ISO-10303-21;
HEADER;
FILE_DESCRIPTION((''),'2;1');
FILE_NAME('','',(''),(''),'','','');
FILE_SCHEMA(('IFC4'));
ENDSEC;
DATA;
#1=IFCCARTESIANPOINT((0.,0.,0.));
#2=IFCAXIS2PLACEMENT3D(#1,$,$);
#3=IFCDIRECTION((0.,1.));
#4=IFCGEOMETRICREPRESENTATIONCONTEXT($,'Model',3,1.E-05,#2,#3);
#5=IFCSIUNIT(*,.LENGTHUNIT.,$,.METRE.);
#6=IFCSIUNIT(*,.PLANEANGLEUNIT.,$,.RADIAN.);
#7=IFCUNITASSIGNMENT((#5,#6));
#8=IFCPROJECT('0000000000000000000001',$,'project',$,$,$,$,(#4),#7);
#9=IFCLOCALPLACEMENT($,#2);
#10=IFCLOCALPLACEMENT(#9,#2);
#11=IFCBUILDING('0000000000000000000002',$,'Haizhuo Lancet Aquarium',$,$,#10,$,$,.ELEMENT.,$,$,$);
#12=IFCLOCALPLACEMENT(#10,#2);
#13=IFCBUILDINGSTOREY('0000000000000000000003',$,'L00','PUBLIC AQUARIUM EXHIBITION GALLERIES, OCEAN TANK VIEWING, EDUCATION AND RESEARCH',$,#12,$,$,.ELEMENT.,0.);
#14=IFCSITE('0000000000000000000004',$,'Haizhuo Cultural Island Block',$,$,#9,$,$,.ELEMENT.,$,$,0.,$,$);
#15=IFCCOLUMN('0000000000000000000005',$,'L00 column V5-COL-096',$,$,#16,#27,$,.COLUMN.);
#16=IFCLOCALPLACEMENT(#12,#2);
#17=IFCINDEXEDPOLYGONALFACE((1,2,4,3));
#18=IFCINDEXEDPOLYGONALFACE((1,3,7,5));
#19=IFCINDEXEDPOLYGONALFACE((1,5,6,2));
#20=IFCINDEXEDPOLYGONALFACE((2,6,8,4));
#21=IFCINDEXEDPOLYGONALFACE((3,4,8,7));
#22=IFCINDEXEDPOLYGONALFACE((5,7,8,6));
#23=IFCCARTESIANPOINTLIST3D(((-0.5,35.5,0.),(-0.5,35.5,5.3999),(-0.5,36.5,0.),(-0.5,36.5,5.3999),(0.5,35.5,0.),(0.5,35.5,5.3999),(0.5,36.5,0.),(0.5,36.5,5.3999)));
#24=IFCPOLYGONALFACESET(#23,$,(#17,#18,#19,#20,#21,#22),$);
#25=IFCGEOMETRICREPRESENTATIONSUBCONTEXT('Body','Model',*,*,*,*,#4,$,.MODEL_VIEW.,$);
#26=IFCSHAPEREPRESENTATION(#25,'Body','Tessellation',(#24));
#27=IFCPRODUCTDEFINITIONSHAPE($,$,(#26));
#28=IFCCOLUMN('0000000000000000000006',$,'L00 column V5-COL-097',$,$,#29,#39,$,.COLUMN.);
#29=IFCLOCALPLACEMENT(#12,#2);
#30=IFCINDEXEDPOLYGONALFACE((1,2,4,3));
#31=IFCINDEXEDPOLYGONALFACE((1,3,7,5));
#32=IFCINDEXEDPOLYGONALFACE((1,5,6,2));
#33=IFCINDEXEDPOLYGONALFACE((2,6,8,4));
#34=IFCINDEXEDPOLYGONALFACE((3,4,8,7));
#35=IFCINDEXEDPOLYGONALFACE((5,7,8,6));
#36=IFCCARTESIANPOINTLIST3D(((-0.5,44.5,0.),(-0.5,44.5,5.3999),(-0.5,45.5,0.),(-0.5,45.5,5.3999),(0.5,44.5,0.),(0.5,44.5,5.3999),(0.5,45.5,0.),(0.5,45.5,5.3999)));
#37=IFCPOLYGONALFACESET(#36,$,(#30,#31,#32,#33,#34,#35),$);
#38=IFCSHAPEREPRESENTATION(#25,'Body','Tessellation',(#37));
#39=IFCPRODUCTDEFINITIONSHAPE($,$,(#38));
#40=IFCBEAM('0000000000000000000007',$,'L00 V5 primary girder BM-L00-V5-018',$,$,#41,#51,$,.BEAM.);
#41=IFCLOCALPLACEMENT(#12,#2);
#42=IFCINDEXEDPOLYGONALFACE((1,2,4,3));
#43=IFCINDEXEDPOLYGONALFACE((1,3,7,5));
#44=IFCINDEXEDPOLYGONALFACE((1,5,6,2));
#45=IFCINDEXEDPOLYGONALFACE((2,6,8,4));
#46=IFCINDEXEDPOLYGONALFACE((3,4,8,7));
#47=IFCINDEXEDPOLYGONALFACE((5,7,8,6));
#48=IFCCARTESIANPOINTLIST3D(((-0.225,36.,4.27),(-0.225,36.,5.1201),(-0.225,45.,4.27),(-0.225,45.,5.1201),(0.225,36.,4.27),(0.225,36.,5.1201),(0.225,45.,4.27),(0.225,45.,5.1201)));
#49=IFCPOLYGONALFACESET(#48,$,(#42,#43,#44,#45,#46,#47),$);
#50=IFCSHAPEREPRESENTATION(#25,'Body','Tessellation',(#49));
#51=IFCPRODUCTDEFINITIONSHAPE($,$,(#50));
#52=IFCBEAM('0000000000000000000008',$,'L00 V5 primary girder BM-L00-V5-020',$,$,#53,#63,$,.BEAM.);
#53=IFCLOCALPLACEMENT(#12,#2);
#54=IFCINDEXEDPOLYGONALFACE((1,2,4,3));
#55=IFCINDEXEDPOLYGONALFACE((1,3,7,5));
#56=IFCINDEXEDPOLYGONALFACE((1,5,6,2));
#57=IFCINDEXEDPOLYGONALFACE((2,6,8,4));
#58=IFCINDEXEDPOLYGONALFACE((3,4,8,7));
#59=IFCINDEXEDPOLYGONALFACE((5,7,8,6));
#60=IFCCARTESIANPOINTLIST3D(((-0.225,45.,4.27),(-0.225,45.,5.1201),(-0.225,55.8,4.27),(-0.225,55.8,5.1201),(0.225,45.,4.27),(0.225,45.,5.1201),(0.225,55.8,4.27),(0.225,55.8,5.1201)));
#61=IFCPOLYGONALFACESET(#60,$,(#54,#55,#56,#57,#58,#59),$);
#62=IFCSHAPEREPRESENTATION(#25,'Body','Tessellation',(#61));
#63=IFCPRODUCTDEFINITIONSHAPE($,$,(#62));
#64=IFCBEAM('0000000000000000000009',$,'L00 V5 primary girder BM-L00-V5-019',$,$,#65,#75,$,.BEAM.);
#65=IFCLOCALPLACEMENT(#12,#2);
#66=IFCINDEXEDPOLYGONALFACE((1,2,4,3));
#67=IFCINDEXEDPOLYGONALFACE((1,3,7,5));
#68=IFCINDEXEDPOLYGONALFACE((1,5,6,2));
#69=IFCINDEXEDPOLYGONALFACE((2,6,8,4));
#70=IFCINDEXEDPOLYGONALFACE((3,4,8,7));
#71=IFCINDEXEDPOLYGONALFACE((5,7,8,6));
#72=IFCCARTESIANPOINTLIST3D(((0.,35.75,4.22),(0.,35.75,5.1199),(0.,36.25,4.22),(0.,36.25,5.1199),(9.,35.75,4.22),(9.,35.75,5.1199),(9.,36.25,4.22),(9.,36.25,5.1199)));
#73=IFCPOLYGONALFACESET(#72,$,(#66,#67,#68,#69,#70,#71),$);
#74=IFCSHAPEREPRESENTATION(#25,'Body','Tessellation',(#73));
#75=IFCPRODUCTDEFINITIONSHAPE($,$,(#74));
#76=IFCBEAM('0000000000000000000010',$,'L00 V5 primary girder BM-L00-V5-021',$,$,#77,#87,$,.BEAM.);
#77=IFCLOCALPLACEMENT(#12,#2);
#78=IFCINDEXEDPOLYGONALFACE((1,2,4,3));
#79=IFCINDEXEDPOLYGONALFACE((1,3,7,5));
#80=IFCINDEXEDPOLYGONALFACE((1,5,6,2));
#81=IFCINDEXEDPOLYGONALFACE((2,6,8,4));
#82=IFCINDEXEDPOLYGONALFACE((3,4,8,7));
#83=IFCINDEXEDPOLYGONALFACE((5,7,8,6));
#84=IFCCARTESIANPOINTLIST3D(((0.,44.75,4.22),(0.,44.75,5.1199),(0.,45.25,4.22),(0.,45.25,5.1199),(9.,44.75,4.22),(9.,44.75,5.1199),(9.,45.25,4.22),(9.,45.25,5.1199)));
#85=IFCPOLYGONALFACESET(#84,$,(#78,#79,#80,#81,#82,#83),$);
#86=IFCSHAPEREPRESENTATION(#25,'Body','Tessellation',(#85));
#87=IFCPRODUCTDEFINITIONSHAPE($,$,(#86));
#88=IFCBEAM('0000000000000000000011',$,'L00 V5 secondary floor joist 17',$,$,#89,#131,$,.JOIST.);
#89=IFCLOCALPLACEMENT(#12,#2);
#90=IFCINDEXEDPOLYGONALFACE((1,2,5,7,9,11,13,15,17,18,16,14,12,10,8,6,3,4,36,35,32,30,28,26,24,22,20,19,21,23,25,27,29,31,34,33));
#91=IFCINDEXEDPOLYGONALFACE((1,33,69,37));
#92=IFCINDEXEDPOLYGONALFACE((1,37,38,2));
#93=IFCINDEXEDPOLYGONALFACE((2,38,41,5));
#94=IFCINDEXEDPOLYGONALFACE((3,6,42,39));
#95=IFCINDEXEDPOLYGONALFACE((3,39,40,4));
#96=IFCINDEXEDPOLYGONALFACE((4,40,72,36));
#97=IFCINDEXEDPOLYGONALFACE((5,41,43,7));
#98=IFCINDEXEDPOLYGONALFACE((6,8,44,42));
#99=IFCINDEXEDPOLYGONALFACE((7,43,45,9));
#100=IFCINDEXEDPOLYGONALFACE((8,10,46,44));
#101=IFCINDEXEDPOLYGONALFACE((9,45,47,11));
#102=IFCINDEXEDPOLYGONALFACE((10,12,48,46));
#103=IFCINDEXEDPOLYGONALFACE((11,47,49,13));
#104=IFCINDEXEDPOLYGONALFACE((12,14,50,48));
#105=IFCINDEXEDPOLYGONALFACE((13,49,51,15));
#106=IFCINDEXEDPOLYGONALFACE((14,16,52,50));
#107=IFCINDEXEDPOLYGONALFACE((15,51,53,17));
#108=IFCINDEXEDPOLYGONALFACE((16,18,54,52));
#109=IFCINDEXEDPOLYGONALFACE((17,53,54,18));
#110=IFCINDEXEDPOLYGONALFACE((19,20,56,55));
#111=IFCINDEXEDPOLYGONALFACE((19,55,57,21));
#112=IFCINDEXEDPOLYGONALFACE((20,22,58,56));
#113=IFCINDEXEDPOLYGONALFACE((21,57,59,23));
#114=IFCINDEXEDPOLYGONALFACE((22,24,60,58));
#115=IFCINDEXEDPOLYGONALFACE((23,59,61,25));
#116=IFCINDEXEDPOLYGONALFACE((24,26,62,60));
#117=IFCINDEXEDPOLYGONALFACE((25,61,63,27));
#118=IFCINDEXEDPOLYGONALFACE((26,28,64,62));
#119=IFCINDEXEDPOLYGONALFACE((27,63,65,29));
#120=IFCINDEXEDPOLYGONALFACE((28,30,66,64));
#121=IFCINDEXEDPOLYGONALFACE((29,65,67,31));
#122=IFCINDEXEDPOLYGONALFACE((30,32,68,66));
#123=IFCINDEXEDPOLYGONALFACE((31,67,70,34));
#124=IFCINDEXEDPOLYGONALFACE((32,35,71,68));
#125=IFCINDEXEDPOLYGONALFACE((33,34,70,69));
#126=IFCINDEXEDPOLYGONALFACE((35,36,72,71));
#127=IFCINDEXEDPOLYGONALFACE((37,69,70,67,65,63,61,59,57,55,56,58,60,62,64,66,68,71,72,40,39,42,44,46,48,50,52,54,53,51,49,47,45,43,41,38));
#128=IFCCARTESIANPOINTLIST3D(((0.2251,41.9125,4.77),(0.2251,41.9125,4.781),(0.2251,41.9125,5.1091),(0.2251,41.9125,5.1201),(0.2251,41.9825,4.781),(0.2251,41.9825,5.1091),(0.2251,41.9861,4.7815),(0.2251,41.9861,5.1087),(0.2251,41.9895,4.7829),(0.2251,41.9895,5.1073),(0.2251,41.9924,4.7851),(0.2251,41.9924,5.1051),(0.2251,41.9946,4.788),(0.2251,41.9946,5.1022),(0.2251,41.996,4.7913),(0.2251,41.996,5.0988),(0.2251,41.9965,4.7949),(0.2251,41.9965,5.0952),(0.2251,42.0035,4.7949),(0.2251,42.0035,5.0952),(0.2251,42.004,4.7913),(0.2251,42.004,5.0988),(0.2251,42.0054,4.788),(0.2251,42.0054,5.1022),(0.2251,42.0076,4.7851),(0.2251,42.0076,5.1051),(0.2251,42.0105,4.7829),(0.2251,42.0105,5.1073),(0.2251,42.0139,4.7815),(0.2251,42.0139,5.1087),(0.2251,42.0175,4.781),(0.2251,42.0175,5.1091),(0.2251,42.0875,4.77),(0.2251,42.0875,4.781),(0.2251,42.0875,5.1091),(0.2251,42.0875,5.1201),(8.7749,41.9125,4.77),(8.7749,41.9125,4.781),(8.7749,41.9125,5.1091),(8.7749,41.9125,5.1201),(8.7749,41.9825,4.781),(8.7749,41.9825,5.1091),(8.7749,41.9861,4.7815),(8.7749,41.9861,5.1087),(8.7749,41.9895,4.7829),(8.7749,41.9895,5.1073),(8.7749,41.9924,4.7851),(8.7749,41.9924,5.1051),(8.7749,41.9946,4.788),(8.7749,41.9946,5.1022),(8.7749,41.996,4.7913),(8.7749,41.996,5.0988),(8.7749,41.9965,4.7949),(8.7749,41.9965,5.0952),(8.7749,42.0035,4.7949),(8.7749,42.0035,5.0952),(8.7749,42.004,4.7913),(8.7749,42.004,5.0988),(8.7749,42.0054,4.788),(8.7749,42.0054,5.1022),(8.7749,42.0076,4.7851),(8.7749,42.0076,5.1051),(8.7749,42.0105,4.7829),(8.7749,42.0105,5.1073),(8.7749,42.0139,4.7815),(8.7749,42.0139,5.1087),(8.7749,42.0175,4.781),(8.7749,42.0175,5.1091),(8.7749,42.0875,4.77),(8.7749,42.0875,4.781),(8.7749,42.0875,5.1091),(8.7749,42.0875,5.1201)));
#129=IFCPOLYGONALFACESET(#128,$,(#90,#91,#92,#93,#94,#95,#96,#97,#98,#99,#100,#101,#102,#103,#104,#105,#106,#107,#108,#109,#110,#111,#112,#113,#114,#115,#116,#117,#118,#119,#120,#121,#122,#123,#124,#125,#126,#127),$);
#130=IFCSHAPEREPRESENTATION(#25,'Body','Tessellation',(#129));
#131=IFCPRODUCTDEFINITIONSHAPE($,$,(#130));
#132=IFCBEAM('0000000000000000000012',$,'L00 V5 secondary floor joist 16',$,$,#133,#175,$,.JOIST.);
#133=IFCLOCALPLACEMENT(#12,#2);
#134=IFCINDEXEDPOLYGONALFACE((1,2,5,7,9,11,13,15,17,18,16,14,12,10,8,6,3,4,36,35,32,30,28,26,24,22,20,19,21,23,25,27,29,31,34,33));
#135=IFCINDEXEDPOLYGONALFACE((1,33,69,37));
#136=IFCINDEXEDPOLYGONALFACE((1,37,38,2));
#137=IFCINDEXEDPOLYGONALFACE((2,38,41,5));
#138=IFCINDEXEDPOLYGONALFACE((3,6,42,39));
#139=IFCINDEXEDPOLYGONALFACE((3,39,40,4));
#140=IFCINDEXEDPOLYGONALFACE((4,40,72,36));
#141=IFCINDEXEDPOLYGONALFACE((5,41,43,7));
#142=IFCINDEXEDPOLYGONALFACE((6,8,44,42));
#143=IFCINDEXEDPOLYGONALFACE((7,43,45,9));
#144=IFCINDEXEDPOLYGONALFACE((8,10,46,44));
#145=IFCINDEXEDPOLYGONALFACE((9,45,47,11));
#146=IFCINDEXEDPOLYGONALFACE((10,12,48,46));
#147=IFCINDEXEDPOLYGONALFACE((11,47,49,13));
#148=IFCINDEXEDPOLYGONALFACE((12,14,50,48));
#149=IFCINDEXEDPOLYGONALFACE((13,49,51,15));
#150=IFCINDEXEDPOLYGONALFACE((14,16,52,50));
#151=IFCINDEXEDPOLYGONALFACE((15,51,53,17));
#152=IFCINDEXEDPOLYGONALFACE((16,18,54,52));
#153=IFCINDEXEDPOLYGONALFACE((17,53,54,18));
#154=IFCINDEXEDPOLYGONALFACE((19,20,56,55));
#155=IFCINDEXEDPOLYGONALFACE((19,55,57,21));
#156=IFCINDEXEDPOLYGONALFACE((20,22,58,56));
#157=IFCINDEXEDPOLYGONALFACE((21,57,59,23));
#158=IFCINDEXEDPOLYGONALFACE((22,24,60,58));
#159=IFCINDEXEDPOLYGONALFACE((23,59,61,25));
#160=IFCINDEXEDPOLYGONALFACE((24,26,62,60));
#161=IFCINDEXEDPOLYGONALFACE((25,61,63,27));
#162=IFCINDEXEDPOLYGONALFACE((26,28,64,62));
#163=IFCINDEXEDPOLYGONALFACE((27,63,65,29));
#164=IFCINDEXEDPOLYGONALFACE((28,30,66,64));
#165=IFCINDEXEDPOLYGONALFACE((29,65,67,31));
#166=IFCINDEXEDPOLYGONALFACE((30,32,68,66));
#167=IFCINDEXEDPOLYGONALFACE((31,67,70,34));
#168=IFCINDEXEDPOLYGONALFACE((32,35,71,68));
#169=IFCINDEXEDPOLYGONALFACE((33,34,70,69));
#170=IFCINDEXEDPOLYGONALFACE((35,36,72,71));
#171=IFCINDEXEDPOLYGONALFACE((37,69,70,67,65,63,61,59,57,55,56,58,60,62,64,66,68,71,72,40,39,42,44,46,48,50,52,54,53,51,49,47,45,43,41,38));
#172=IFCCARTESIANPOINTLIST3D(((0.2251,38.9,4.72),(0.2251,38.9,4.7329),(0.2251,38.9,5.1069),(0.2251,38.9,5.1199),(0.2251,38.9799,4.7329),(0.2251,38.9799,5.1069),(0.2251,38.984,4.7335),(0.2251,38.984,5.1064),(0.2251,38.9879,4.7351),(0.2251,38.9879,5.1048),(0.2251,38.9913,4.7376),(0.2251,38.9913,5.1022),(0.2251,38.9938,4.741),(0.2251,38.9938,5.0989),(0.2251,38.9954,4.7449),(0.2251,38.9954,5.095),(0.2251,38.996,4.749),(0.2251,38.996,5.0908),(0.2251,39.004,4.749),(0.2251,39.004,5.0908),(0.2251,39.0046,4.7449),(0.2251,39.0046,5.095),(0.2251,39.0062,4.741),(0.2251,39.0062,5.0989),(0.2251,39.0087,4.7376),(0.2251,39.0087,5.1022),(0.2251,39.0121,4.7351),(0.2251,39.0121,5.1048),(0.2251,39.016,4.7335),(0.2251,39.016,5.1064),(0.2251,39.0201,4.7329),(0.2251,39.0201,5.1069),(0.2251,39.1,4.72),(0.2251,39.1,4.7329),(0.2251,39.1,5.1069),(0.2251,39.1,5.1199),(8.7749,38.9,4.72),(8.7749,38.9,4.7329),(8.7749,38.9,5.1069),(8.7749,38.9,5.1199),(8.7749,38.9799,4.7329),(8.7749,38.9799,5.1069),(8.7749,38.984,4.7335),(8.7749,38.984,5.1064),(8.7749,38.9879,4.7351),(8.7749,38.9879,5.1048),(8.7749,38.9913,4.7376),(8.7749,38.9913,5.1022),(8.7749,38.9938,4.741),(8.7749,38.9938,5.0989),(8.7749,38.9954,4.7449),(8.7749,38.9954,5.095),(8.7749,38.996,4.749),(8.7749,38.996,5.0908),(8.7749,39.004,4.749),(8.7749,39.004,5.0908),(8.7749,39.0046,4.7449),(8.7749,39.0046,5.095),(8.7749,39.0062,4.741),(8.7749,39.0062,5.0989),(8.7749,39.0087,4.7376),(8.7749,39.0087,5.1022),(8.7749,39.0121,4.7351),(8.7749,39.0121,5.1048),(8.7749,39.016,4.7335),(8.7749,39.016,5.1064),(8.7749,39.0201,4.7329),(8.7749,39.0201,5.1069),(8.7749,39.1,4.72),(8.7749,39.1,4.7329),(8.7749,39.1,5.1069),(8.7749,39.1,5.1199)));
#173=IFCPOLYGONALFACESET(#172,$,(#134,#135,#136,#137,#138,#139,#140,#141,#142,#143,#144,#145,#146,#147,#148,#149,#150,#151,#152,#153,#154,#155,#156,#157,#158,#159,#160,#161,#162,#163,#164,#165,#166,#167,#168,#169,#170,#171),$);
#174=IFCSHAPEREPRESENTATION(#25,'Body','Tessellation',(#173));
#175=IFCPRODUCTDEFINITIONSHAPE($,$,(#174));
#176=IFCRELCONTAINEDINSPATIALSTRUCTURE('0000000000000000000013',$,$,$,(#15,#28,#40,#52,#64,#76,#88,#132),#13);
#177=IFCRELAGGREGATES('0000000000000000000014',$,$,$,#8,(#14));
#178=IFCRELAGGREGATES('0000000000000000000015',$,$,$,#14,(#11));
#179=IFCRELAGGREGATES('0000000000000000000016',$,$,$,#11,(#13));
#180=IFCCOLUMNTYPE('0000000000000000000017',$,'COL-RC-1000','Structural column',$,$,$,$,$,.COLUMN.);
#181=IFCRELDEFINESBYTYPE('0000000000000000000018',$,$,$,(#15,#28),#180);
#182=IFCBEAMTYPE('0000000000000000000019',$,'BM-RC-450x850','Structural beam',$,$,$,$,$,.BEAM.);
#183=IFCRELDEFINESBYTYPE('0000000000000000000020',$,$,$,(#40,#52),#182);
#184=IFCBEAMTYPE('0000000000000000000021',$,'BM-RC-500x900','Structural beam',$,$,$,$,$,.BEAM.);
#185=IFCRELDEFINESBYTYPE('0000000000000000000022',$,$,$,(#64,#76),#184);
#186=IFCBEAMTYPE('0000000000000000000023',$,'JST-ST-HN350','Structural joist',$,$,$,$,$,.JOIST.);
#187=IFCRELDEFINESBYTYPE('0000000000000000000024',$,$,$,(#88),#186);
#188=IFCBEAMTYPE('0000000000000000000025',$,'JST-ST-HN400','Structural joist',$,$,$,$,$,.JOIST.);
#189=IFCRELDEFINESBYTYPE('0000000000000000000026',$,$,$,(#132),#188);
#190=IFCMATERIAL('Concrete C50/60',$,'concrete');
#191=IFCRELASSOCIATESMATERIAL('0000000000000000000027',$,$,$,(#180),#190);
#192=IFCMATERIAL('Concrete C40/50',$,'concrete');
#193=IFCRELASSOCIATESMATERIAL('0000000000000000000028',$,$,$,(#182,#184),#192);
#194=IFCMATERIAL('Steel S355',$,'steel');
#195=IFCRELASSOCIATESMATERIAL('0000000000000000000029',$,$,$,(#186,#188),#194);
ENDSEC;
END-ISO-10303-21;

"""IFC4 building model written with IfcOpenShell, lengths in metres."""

from ifc_helpers import new_model, si_unit, direction, frame, origin, origin_2d, place, context, subcontext, project, spatial, rectangle, i_section, extrude, material, material_profile, profile_set, type_object, element, save


model = new_model("IFC4")

# Units and contexts
model_context = context("Model", 3, precision=1e-05, world=origin(), true_north=direction((0.0, 1.0)))
body_context = subcontext(model_context, "Body", "Model", "MODEL_VIEW")
ifc_project = project(units=[si_unit("LENGTHUNIT", "METRE"), si_unit("PLANEANGLEUNIT", "RADIAN")], contexts=[model_context])

# Site, building, storey
site_placement = place(None, origin())
site = spatial("IfcSite", under=ifc_project, at=site_placement, Name="Haizhuo Cultural Island Block", CompositionType="ELEMENT", RefElevation=0.0)
building_placement = place(site_placement, origin())
building = spatial("IfcBuilding", under=site, at=building_placement, Name="Haizhuo Lancet Aquarium", CompositionType="ELEMENT")
storey_placement = place(building_placement, origin())
storey = spatial("IfcBuildingStorey", under=building, at=storey_placement, Name="L00", Description="PUBLIC AQUARIUM EXHIBITION GALLERIES, OCEAN TANK VIEWING, EDUCATION AND RESEARCH", CompositionType="ELEMENT", Elevation=0.0)

# Columns
ifc_material_1 = material(Name="Concrete C50/60", Category="concrete")
ifc_material_profile_1 = material_profile(ifc_material_1, rectangle(XDim=1.0, YDim=1.0, at=origin_2d()), Name="RC-COL 1000x1000")
ifc_profile_set_1 = profile_set([ifc_material_profile_1], Name="Concrete C50/60")
column_type = type_object("IfcColumnType", Name="COL-RC-1000", Description="Structural column", PredefinedType="COLUMN", material=ifc_profile_set_1)
for number, where, z_axis, x_axis, name in (
    (1, (0.0, 36.0, 0.0), (0.0, 0.0, 1.0), (1.0, 0.0, 0.0), "L00 column V5-COL-096"),
    (2, (0.0, 45.0, 0.0), (0.0, 0.0, 1.0), (1.0, 0.0, 0.0), "L00 column V5-COL-097"),
):
    element("IfcColumn", number, at=place(storey_placement, frame(where, z_axis=z_axis, x_axis=x_axis)), inside=storey, type_object=column_type, Name=name, PredefinedType="COLUMN", context=body_context, shape_type="SweptSolid", body=[
        extrude(rectangle(XDim=1.0, YDim=1.0, at=origin_2d()), origin(), (0.0, 0.0, 1.0), 5.3999),
    ])

# Beams
ifc_material_2 = material(Name="Concrete C40/50", Category="concrete")
ifc_material_profile_2 = material_profile(ifc_material_2, rectangle(XDim=0.45, YDim=0.8501, at=origin_2d()), Name="RC-BM 450x850")
ifc_profile_set_2 = profile_set([ifc_material_profile_2], Name="Concrete C40/50")
beam_type_1 = type_object("IfcBeamType", Name="BM-RC-450x850", Description="Structural beam", PredefinedType="BEAM", material=ifc_profile_set_2)
beam_1_placement = place(storey_placement, frame((0.0, 36.0, 4.6951), z_axis=(0.0, 1.0, 0.0), x_axis=(-1.0, 0.0, 0.0)))
element("IfcBeam", 3, at=beam_1_placement, inside=storey, type_object=beam_type_1, Name="L00 V5 primary girder BM-L00-V5-018", PredefinedType="BEAM", context=body_context, shape_type="SweptSolid", body=[
    extrude(rectangle(XDim=0.45, YDim=0.8501, at=origin_2d()), origin(), (0.0, 0.0, 1.0), 9.0),
])
beam_2_placement = place(storey_placement, frame((0.0, 45.0, 4.6951), z_axis=(0.0, 1.0, 0.0), x_axis=(-1.0, 0.0, 0.0)))
element("IfcBeam", 4, at=beam_2_placement, inside=storey, type_object=beam_type_1, Name="L00 V5 primary girder BM-L00-V5-020", PredefinedType="BEAM", context=body_context, shape_type="SweptSolid", body=[
    extrude(rectangle(XDim=0.45, YDim=0.8501, at=origin_2d()), origin(), (0.0, 0.0, 1.0), 10.8),
])
ifc_material_profile_3 = material_profile(ifc_material_2, rectangle(XDim=0.5, YDim=0.8999, at=origin_2d()), Name="RC-BM 500x900")
ifc_profile_set_3 = profile_set([ifc_material_profile_3], Name="Concrete C40/50")
beam_type_2 = type_object("IfcBeamType", Name="BM-RC-500x900", Description="Structural beam", PredefinedType="BEAM", material=ifc_profile_set_3)
for number, where, z_axis, x_axis, name in (
    (5, (0.0, 36.0, 4.6699), (1.0, 0.0, 0.0), (0.0, 1.0, 0.0), "L00 V5 primary girder BM-L00-V5-019"),
    (6, (0.0, 45.0, 4.6699), (1.0, 0.0, 0.0), (0.0, 1.0, 0.0), "L00 V5 primary girder BM-L00-V5-021"),
):
    element("IfcBeam", number, at=place(storey_placement, frame(where, z_axis=z_axis, x_axis=x_axis)), inside=storey, type_object=beam_type_2, Name=name, PredefinedType="BEAM", context=body_context, shape_type="SweptSolid", body=[
        extrude(rectangle(XDim=0.5, YDim=0.8999, at=origin_2d()), origin(), (0.0, 0.0, 1.0), 9.0),
    ])
ifc_material_3 = material(Name="Steel S355", Category="steel")
ifc_material_profile_4 = material_profile(ifc_material_3, i_section(OverallWidth=0.175, OverallDepth=0.3501, WebThickness=0.0071, FlangeThickness=0.011, FilletRadius=0.0139, at=origin_2d()), Name="HN 350x175x7x11")
ifc_profile_set_4 = profile_set([ifc_material_profile_4], Name="Steel S355")
beam_type_3 = type_object("IfcBeamType", Name="JST-ST-HN350", Description="Structural joist", PredefinedType="JOIST", material=ifc_profile_set_4)
beam_3_placement = place(storey_placement, frame((0.2251, 42.0, 4.9451), z_axis=(1.0, 0.0, 0.0), x_axis=(0.0, 1.0, 0.0)))
element("IfcBeam", 7, at=beam_3_placement, inside=storey, type_object=beam_type_3, Name="L00 V5 secondary floor joist 17", PredefinedType="JOIST", context=body_context, shape_type="SweptSolid", body=[
    extrude(i_section(OverallWidth=0.175, OverallDepth=0.3501, WebThickness=0.0071, FlangeThickness=0.011, FilletRadius=0.0139, at=origin_2d()), origin(), (0.0, 0.0, 1.0), 8.5498),
])
ifc_material_profile_5 = material_profile(ifc_material_3, i_section(OverallWidth=0.2, OverallDepth=0.3999, WebThickness=0.0081, FlangeThickness=0.0129, FilletRadius=0.0161, at=origin_2d()), Name="HN 400x200x8x13")
ifc_profile_set_5 = profile_set([ifc_material_profile_5], Name="Steel S355")
beam_type_4 = type_object("IfcBeamType", Name="JST-ST-HN400", Description="Structural joist", PredefinedType="JOIST", material=ifc_profile_set_5)
beam_4_placement = place(storey_placement, frame((0.2251, 39.0, 4.9199), z_axis=(1.0, 0.0, 0.0), x_axis=(0.0, 1.0, 0.0)))
element("IfcBeam", 8, at=beam_4_placement, inside=storey, type_object=beam_type_4, Name="L00 V5 secondary floor joist 16", PredefinedType="JOIST", context=body_context, shape_type="SweptSolid", body=[
    extrude(i_section(OverallWidth=0.2, OverallDepth=0.3999, WebThickness=0.0081, FlangeThickness=0.0129, FilletRadius=0.0161, at=origin_2d()), origin(), (0.0, 0.0, 1.0), 8.5498),
])

save(model, "model.ifc")
